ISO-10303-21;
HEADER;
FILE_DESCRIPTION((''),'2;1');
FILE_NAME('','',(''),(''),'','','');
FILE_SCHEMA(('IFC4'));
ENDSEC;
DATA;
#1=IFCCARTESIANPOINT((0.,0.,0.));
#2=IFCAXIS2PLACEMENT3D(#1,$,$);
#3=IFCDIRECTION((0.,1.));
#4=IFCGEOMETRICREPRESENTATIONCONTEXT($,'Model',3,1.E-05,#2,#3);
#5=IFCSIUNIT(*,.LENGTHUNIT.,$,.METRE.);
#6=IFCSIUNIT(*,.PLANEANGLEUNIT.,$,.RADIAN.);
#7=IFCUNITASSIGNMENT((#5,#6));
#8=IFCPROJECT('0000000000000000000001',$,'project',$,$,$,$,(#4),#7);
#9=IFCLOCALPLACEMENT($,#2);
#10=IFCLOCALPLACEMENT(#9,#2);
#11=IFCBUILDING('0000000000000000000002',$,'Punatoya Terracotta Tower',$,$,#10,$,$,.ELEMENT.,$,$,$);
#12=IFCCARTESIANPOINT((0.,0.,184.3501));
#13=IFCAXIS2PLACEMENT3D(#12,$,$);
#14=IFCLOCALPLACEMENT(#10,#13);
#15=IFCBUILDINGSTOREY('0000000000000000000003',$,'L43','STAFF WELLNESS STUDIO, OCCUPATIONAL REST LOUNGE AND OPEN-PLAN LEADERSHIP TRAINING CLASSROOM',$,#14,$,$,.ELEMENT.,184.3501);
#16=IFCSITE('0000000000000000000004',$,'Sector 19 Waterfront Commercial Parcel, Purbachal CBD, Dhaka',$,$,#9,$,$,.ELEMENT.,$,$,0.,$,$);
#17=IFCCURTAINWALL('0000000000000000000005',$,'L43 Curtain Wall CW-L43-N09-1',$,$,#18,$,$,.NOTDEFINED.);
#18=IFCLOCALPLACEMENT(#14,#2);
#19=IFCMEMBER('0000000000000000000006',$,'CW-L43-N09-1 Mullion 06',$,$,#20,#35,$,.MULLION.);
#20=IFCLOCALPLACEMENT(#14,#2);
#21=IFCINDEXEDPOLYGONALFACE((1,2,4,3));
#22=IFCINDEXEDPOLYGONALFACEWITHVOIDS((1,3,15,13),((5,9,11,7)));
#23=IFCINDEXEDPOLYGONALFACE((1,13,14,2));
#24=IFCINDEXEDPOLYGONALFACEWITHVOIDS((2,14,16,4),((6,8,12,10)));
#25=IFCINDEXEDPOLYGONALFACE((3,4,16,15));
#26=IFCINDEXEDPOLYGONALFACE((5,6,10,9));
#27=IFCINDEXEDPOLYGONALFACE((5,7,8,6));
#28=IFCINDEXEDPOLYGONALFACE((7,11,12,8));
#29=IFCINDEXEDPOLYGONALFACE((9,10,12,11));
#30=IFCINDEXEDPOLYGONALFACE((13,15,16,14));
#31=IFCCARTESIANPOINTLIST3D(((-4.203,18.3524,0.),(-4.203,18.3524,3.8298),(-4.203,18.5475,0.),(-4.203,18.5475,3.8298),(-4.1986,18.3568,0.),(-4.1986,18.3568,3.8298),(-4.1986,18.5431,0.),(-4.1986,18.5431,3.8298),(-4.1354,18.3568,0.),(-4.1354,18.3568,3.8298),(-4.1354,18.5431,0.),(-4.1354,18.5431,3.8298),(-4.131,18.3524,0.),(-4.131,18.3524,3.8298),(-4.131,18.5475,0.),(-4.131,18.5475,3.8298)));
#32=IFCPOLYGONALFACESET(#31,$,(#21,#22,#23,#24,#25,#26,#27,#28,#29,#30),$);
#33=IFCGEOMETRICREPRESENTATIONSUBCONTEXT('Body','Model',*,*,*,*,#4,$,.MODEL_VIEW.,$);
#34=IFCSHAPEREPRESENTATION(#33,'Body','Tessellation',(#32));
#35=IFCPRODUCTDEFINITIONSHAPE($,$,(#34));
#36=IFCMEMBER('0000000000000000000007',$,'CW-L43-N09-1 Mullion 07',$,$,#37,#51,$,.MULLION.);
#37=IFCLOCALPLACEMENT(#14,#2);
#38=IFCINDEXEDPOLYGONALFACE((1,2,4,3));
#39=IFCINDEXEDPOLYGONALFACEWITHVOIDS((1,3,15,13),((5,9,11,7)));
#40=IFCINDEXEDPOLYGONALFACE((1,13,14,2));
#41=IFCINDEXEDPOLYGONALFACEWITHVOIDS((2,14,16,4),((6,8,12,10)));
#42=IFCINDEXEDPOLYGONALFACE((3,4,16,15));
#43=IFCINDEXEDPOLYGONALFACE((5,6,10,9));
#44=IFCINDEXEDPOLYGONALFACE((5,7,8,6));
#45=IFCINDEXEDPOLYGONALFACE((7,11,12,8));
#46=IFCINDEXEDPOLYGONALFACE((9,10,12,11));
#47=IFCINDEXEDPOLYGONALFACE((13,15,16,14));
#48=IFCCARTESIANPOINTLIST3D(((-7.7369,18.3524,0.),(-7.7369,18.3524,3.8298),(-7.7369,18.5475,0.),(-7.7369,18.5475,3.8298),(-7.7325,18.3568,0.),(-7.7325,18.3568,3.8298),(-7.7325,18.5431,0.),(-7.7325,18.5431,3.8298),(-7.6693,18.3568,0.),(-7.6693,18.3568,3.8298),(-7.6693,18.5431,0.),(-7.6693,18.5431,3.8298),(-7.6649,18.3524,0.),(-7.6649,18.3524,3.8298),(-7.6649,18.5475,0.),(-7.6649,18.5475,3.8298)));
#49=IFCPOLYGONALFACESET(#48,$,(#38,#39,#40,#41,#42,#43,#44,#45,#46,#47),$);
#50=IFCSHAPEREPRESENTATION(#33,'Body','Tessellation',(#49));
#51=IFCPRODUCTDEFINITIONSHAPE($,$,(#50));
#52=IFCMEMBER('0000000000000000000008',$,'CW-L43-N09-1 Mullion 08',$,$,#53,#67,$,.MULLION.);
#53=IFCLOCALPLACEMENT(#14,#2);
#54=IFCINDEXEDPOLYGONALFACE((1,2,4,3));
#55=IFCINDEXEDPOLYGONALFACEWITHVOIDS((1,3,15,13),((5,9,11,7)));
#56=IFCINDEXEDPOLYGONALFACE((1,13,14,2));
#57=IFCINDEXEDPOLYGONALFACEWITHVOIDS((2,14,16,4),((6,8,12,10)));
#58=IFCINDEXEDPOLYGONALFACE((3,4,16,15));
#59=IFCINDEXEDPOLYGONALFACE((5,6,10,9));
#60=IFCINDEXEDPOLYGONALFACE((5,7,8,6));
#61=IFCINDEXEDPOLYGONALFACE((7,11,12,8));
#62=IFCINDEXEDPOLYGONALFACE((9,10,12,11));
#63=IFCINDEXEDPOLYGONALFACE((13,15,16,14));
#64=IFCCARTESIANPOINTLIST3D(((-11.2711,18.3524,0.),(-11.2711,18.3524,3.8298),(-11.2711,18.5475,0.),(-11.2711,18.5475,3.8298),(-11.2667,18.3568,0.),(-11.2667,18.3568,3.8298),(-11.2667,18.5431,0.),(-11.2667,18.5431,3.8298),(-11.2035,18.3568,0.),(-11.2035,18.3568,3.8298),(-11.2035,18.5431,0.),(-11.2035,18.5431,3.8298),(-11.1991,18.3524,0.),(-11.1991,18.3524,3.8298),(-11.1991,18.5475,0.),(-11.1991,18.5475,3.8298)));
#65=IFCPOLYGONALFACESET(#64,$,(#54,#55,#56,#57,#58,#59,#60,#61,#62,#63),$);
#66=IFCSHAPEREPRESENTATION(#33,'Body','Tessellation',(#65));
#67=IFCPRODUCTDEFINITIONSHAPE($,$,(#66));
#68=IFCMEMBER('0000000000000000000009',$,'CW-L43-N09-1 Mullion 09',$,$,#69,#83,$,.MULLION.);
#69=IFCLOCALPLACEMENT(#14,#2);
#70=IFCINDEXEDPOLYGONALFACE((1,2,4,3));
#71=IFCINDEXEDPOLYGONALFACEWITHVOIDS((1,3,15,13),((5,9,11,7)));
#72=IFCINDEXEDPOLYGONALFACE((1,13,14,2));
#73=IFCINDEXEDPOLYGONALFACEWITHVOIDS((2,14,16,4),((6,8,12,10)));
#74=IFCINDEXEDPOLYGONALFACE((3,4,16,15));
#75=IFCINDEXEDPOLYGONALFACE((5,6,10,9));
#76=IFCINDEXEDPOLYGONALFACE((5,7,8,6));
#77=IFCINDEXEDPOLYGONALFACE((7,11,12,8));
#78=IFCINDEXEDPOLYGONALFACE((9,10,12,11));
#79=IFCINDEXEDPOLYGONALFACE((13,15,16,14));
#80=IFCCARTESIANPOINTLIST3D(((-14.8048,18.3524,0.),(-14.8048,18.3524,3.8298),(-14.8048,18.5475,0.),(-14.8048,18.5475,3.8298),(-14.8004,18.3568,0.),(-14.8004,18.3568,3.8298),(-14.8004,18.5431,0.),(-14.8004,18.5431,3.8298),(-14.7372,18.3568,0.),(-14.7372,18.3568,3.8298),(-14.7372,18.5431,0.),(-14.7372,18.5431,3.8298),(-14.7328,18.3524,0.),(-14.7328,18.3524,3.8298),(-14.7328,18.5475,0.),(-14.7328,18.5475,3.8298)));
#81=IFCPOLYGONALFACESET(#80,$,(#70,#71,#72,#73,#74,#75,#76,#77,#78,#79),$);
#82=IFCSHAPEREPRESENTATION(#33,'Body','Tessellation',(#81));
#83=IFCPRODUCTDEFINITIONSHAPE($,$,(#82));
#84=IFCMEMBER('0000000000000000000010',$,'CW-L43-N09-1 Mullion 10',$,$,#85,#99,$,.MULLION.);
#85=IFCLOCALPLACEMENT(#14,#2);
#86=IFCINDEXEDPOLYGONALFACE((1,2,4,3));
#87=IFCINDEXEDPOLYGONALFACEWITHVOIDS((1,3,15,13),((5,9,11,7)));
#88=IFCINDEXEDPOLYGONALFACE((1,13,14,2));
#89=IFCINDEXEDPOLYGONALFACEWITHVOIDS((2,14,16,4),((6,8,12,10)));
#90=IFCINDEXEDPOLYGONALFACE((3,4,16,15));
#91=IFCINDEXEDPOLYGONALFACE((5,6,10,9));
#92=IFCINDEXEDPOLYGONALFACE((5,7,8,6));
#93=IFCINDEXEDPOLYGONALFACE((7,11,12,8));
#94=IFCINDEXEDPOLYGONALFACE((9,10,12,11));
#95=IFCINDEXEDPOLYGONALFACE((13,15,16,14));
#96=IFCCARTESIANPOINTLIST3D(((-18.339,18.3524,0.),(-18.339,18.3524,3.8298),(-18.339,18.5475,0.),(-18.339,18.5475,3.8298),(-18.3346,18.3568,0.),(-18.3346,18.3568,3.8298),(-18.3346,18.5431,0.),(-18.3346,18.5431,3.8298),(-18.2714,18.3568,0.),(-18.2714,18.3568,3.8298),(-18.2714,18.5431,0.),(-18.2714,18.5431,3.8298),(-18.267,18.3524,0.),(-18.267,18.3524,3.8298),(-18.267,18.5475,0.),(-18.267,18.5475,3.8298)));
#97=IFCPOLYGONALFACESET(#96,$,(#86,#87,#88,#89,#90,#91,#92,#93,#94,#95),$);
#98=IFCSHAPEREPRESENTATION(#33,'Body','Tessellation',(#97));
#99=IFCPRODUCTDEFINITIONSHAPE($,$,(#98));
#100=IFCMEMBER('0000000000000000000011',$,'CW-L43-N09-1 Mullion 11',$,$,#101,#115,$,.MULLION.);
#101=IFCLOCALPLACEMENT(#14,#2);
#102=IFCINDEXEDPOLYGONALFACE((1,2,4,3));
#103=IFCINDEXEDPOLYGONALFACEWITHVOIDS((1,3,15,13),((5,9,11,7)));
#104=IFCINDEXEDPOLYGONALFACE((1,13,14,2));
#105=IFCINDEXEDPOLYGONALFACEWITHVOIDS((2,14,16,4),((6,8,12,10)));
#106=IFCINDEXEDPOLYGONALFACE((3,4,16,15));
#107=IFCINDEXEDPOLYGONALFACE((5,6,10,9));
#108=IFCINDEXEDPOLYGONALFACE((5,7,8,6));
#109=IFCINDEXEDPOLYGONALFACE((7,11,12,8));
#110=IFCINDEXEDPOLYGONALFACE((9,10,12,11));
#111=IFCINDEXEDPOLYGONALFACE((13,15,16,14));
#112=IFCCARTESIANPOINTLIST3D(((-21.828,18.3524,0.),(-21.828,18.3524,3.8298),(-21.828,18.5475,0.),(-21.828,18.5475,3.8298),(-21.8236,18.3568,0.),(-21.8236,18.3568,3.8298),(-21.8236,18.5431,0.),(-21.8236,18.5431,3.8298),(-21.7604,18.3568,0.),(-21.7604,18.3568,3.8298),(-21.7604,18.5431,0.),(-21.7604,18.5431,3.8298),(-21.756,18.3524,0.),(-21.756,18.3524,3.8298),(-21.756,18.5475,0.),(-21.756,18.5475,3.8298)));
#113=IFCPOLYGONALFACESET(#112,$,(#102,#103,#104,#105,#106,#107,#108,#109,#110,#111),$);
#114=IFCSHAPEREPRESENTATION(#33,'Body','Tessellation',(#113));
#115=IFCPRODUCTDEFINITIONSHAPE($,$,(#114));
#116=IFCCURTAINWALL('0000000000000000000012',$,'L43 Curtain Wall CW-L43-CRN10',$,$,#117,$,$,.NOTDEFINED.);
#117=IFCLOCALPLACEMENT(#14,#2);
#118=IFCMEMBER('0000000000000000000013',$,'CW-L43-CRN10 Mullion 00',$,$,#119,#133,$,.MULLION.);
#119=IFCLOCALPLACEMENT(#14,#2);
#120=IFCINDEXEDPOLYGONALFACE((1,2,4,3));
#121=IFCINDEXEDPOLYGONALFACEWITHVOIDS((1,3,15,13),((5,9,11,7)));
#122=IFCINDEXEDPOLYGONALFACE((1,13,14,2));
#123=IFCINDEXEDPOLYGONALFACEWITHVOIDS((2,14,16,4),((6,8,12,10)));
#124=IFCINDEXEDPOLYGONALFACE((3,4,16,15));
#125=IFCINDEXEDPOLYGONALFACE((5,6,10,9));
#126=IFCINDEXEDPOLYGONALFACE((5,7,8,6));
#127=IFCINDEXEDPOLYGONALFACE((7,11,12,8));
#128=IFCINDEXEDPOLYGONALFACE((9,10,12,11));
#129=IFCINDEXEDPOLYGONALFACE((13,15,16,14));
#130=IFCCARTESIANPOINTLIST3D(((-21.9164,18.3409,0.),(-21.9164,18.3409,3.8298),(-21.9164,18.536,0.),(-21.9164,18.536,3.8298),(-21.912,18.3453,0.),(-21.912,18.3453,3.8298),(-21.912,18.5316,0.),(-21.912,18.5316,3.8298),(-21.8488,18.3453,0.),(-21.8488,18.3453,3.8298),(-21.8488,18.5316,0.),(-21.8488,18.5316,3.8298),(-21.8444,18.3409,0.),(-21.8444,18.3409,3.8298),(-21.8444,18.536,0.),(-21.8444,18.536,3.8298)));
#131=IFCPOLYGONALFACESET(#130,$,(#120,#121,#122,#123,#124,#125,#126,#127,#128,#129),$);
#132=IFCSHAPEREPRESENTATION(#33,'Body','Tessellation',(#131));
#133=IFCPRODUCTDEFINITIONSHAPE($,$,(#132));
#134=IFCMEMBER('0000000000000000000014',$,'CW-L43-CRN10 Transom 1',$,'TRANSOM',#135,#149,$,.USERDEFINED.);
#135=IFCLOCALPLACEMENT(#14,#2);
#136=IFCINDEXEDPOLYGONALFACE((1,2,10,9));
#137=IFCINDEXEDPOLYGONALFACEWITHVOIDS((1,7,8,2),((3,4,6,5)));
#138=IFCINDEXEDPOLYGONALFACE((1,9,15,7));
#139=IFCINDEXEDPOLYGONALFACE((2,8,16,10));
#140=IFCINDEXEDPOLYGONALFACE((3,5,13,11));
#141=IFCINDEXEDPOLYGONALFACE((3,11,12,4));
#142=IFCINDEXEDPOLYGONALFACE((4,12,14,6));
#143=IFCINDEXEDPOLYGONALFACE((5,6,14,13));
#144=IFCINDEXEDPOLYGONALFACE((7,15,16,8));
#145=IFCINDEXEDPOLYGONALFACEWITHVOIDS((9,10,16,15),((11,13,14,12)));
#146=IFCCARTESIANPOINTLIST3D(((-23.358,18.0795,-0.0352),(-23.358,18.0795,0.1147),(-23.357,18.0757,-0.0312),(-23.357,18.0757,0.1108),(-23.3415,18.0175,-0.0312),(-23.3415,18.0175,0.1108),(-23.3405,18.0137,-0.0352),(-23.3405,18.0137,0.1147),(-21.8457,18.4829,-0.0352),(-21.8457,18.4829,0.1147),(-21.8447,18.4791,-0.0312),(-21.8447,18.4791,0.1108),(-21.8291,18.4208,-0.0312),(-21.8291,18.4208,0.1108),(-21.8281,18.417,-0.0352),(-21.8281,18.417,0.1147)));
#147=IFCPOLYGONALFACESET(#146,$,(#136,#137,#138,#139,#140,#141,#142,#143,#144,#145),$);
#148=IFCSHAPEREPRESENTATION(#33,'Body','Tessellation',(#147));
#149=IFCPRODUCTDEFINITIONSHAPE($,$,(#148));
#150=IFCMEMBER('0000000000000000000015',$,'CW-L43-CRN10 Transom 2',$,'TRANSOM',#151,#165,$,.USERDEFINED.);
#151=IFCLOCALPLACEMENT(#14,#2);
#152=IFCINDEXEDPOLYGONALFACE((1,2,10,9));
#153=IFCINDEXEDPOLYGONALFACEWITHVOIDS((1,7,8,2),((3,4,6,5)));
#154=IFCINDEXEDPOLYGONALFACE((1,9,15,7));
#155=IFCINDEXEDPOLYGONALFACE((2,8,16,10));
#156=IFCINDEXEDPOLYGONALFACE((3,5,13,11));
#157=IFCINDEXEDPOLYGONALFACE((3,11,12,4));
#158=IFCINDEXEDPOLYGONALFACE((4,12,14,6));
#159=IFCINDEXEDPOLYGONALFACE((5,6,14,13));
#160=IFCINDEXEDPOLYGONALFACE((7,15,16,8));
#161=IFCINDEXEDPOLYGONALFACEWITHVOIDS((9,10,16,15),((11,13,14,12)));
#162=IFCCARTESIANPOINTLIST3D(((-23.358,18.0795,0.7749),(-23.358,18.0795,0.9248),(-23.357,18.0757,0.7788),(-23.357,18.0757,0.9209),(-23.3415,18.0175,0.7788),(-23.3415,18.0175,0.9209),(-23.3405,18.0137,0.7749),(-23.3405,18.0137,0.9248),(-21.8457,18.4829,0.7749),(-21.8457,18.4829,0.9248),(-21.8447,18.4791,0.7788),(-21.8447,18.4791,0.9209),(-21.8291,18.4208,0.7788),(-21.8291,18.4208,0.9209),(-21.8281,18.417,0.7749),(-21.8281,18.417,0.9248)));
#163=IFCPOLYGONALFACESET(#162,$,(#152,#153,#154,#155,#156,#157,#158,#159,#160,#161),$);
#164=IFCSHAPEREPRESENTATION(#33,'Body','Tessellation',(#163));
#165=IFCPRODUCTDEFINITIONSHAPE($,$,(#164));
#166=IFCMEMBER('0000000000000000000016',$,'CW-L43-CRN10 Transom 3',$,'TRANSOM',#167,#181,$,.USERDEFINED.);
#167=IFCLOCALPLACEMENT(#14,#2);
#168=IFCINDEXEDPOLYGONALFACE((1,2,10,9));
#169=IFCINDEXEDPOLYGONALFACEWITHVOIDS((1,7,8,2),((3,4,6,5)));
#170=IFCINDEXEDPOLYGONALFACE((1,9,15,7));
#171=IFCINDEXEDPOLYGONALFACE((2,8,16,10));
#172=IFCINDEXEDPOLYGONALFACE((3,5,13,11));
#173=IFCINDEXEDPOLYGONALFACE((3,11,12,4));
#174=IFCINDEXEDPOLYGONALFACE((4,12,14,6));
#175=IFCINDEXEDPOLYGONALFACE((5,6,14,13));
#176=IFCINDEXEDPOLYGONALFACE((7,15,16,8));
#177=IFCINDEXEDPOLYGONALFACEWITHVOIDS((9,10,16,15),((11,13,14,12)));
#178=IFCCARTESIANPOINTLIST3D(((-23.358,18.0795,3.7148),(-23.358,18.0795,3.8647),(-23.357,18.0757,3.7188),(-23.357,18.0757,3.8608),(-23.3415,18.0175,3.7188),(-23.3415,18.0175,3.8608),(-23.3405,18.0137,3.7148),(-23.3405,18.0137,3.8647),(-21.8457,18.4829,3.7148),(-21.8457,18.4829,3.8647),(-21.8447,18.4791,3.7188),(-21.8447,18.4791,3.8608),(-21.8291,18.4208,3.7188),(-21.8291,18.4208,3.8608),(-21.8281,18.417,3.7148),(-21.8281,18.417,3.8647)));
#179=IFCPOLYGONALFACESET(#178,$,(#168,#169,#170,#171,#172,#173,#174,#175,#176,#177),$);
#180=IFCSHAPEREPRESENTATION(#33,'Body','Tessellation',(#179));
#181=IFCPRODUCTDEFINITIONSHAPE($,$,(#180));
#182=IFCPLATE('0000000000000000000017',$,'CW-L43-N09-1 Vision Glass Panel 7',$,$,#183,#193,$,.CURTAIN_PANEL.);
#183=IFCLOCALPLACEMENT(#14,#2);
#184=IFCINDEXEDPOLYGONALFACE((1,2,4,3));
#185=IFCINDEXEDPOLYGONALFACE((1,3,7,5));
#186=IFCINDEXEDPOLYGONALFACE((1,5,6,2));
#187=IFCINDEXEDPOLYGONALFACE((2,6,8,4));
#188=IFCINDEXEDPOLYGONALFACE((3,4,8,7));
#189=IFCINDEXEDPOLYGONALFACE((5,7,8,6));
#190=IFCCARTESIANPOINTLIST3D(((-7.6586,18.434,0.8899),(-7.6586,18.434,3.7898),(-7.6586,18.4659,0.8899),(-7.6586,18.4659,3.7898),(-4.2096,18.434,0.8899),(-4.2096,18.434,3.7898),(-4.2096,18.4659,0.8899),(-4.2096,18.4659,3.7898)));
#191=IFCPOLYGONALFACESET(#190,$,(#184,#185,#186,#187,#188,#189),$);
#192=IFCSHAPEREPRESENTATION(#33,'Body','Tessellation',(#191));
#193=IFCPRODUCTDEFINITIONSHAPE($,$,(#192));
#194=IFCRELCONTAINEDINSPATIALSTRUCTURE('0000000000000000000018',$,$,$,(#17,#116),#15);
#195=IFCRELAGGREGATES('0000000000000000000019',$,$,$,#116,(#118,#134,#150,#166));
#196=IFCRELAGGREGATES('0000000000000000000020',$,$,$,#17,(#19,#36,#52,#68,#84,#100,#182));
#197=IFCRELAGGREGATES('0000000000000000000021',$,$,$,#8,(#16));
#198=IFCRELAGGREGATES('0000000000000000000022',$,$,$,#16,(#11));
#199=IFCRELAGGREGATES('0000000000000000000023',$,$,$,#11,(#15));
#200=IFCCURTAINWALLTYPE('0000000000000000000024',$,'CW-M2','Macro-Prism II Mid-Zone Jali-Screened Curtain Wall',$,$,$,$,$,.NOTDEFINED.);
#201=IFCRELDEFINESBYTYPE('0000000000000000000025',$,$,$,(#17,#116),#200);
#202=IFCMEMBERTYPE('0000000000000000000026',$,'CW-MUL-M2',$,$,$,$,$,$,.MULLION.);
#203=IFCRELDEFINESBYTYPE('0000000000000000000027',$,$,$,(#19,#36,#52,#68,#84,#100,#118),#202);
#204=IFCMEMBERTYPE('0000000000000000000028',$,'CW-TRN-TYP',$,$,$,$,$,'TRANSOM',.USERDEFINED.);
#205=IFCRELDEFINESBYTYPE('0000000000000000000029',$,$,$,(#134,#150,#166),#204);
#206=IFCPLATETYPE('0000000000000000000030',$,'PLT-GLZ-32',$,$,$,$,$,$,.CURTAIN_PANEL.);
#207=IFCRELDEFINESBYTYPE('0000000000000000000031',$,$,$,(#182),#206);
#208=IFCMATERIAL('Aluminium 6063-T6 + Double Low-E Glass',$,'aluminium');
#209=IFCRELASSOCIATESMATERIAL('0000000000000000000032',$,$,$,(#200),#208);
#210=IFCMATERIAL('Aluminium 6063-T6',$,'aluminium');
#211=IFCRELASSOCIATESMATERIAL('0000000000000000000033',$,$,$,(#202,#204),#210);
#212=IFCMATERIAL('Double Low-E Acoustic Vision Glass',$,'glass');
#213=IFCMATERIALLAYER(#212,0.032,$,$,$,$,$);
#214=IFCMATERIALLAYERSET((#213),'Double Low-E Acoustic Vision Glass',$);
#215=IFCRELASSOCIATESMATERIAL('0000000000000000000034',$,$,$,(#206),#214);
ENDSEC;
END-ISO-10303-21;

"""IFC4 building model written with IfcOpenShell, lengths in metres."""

from ifc_helpers import new_model, si_unit, direction, frame, origin, origin_2d, place, context, subcontext, project, spatial, rectangle, hollow_rectangle, extrude, material, layer, layer_set, material_profile, profile_set, type_object, element, aggregate, save


model = new_model("IFC4")

# Units and contexts
model_context = context("Model", 3, precision=1e-05, world=origin(), true_north=direction((0.0, 1.0)))
body_context = subcontext(model_context, "Body", "Model", "MODEL_VIEW")
ifc_project = project(units=[si_unit("LENGTHUNIT", "METRE"), si_unit("PLANEANGLEUNIT", "RADIAN")], contexts=[model_context])

# Site, building, storey
site_placement = place(None, origin())
site = spatial("IfcSite", under=ifc_project, at=site_placement, Name="Sector 19 Waterfront Commercial Parcel, Purbachal CBD, Dhaka", CompositionType="ELEMENT", RefElevation=0.0)
building_placement = place(site_placement, origin())
building = spatial("IfcBuilding", under=site, at=building_placement, Name="Punatoya Terracotta Tower", CompositionType="ELEMENT")
storey_placement = place(building_placement, frame((0.0, 0.0, 184.3501)))
storey = spatial("IfcBuildingStorey", under=building, at=storey_placement, Name="L43", Description="STAFF WELLNESS STUDIO, OCCUPATIONAL REST LOUNGE AND OPEN-PLAN LEADERSHIP TRAINING CLASSROOM", CompositionType="ELEMENT", Elevation=184.3501)

# Curtain walls, members
ifc_material_1 = material(Name="Aluminium 6063-T6 + Double Low-E Glass", Category="aluminium")
curtain_wall_type = type_object("IfcCurtainWallType", Name="CW-M2", Description="Macro-Prism II Mid-Zone Jali-Screened Curtain Wall", PredefinedType="NOTDEFINED", material=ifc_material_1)
curtain_wall_1_placement = place(storey_placement, origin())
curtain_wall_1 = element("IfcCurtainWall", 1, at=curtain_wall_1_placement, inside=storey, type_object=curtain_wall_type, Name="L43 Curtain Wall CW-L43-N09-1", PredefinedType="NOTDEFINED")
ifc_material_2 = material(Name="Aluminium 6063-T6", Category="aluminium")
ifc_material_profile_1 = material_profile(ifc_material_2, hollow_rectangle(XDim=0.072, YDim=0.1951, WallThickness=0.0044, at=origin_2d()))
ifc_profile_set_1 = profile_set([ifc_material_profile_1], Name="Aluminium 6063-T6")
member_type_1 = type_object("IfcMemberType", Name="CW-MUL-M2", PredefinedType="MULLION", material=ifc_profile_set_1)
member_1_placement = place(storey_placement, frame((-4.167, 18.45, 0.0), z_axis=(0.0, 0.0, 1.0), x_axis=(1.0, 0.0, 0.0)))
member_1 = element("IfcMember", 2, at=member_1_placement, type_object=member_type_1, Name="CW-L43-N09-1 Mullion 06", PredefinedType="MULLION", context=body_context, shape_type="SweptSolid", body=[
    extrude(hollow_rectangle(XDim=0.072, YDim=0.1951, WallThickness=0.0044, at=origin_2d()), origin(), (0.0, 0.0, 1.0), 3.8298),
])
member_2_placement = place(storey_placement, frame((-7.7009, 18.45, 0.0), z_axis=(0.0, 0.0, 1.0), x_axis=(1.0, 0.0, 0.0)))
member_2 = element("IfcMember", 3, at=member_2_placement, type_object=member_type_1, Name="CW-L43-N09-1 Mullion 07", PredefinedType="MULLION", context=body_context, shape_type="SweptSolid", body=[
    extrude(hollow_rectangle(XDim=0.072, YDim=0.1951, WallThickness=0.0044, at=origin_2d()), origin(), (0.0, 0.0, 1.0), 3.8298),
])
member_3_placement = place(storey_placement, frame((-11.2351, 18.45, 0.0), z_axis=(0.0, 0.0, 1.0), x_axis=(1.0, 0.0, 0.0)))
member_3 = element("IfcMember", 4, at=member_3_placement, type_object=member_type_1, Name="CW-L43-N09-1 Mullion 08", PredefinedType="MULLION", context=body_context, shape_type="SweptSolid", body=[
    extrude(hollow_rectangle(XDim=0.072, YDim=0.1951, WallThickness=0.0044, at=origin_2d()), origin(), (0.0, 0.0, 1.0), 3.8298),
])
member_4_placement = place(storey_placement, frame((-14.7688, 18.45, 0.0), z_axis=(0.0, 0.0, 1.0), x_axis=(1.0, 0.0, 0.0)))
member_4 = element("IfcMember", 5, at=member_4_placement, type_object=member_type_1, Name="CW-L43-N09-1 Mullion 09", PredefinedType="MULLION", context=body_context, shape_type="SweptSolid", body=[
    extrude(hollow_rectangle(XDim=0.072, YDim=0.1951, WallThickness=0.0044, at=origin_2d()), origin(), (0.0, 0.0, 1.0), 3.8298),
])
member_5_placement = place(storey_placement, frame((-18.303, 18.45, 0.0), z_axis=(0.0, 0.0, 1.0), x_axis=(1.0, 0.0, 0.0)))
member_5 = element("IfcMember", 6, at=member_5_placement, type_object=member_type_1, Name="CW-L43-N09-1 Mullion 10", PredefinedType="MULLION", context=body_context, shape_type="SweptSolid", body=[
    extrude(hollow_rectangle(XDim=0.072, YDim=0.1951, WallThickness=0.0044, at=origin_2d()), origin(), (0.0, 0.0, 1.0), 3.8298),
])
member_6_placement = place(storey_placement, frame((-21.792, 18.45, 0.0), z_axis=(0.0, 0.0, 1.0), x_axis=(1.0, 0.0, 0.0)))
member_6 = element("IfcMember", 7, at=member_6_placement, type_object=member_type_1, Name="CW-L43-N09-1 Mullion 11", PredefinedType="MULLION", context=body_context, shape_type="SweptSolid", body=[
    extrude(hollow_rectangle(XDim=0.072, YDim=0.1951, WallThickness=0.0044, at=origin_2d()), origin(), (0.0, 0.0, 1.0), 3.8298),
])
curtain_wall_2_placement = place(storey_placement, origin())
curtain_wall_2 = element("IfcCurtainWall", 8, at=curtain_wall_2_placement, inside=storey, type_object=curtain_wall_type, Name="L43 Curtain Wall CW-L43-CRN10", PredefinedType="NOTDEFINED")
member_7_placement = place(storey_placement, frame((-21.8804, 18.4385, 0.0), z_axis=(0.0, 0.0, 1.0), x_axis=(1.0, 0.0, 0.0)))
member_7 = element("IfcMember", 9, at=member_7_placement, type_object=member_type_1, Name="CW-L43-CRN10 Mullion 00", PredefinedType="MULLION", context=body_context, shape_type="SweptSolid", body=[
    extrude(hollow_rectangle(XDim=0.072, YDim=0.1951, WallThickness=0.0044, at=origin_2d()), origin(), (0.0, 0.0, 1.0), 3.8298),
])
ifc_material_profile_2 = material_profile(ifc_material_2, hollow_rectangle(XDim=0.0681, YDim=0.1499, WallThickness=0.0039, at=origin_2d()))
ifc_profile_set_2 = profile_set([ifc_material_profile_2], Name="Aluminium 6063-T6")
member_type_2 = type_object("IfcMemberType", Name="CW-TRN-TYP", ElementType="TRANSOM", PredefinedType="USERDEFINED", material=ifc_profile_set_2)
member_8_placement = place(storey_placement, frame((-21.8369, 18.45, 0.0398), z_axis=(-0.966225, -0.257701, 0.0), x_axis=(0.257701, -0.966225, 0.0)))
member_8 = element("IfcMember", 10, at=member_8_placement, type_object=member_type_2, Name="CW-L43-CRN10 Transom 1", ObjectType="TRANSOM", PredefinedType="USERDEFINED", context=body_context, shape_type="SweptSolid", body=[
    extrude(hollow_rectangle(XDim=0.0681, YDim=0.1499, WallThickness=0.0039, at=origin_2d()), origin(), (0.0, 0.0, 1.0), 1.5652),
])
member_9_placement = place(storey_placement, frame((-21.8369, 18.45, 0.8499), z_axis=(-0.966225, -0.257701, 0.0), x_axis=(0.257701, -0.966225, 0.0)))
member_9 = element("IfcMember", 11, at=member_9_placement, type_object=member_type_2, Name="CW-L43-CRN10 Transom 2", ObjectType="TRANSOM", PredefinedType="USERDEFINED", context=body_context, shape_type="SweptSolid", body=[
    extrude(hollow_rectangle(XDim=0.0681, YDim=0.1499, WallThickness=0.0039, at=origin_2d()), origin(), (0.0, 0.0, 1.0), 1.5652),
])
member_10_placement = place(storey_placement, frame((-21.8369, 18.45, 3.7898), z_axis=(-0.966225, -0.257701, 0.0), x_axis=(0.257701, -0.966225, 0.0)))
member_10 = element("IfcMember", 12, at=member_10_placement, type_object=member_type_2, Name="CW-L43-CRN10 Transom 3", ObjectType="TRANSOM", PredefinedType="USERDEFINED", context=body_context, shape_type="SweptSolid", body=[
    extrude(hollow_rectangle(XDim=0.0681, YDim=0.1499, WallThickness=0.0039, at=origin_2d()), origin(), (0.0, 0.0, 1.0), 1.5652),
])

# Plate
ifc_material_3 = material(Name="Double Low-E Acoustic Vision Glass", Category="glass")
ifc_layer_1 = layer(ifc_material_3, 0.032)
ifc_layer_set_1 = layer_set([ifc_layer_1], Name="Double Low-E Acoustic Vision Glass")
plate_type_1 = type_object("IfcPlateType", Name="PLT-GLZ-32", PredefinedType="CURTAIN_PANEL", material=ifc_layer_set_1)
plate_1_placement = place(storey_placement, frame((-5.9341, 18.45, 0.8899), z_axis=(0.0, 0.0, 1.0), x_axis=(-1.0, 0.0, 0.0)))
plate_1 = element("IfcPlate", 13, at=plate_1_placement, type_object=plate_type_1, Name="CW-L43-N09-1 Vision Glass Panel 7", PredefinedType="CURTAIN_PANEL", context=body_context, shape_type="SweptSolid", body=[
    extrude(rectangle(XDim=3.449, YDim=0.032, at=origin_2d()), origin(), (0.0, 0.0, 1.0), 2.8999),
])
aggregate(curtain_wall_2, [member_7, member_8, member_9, member_10])
aggregate(curtain_wall_1, [member_1, member_2, member_3, member_4, member_5, member_6, plate_1])

save(model, "model.ifc")
